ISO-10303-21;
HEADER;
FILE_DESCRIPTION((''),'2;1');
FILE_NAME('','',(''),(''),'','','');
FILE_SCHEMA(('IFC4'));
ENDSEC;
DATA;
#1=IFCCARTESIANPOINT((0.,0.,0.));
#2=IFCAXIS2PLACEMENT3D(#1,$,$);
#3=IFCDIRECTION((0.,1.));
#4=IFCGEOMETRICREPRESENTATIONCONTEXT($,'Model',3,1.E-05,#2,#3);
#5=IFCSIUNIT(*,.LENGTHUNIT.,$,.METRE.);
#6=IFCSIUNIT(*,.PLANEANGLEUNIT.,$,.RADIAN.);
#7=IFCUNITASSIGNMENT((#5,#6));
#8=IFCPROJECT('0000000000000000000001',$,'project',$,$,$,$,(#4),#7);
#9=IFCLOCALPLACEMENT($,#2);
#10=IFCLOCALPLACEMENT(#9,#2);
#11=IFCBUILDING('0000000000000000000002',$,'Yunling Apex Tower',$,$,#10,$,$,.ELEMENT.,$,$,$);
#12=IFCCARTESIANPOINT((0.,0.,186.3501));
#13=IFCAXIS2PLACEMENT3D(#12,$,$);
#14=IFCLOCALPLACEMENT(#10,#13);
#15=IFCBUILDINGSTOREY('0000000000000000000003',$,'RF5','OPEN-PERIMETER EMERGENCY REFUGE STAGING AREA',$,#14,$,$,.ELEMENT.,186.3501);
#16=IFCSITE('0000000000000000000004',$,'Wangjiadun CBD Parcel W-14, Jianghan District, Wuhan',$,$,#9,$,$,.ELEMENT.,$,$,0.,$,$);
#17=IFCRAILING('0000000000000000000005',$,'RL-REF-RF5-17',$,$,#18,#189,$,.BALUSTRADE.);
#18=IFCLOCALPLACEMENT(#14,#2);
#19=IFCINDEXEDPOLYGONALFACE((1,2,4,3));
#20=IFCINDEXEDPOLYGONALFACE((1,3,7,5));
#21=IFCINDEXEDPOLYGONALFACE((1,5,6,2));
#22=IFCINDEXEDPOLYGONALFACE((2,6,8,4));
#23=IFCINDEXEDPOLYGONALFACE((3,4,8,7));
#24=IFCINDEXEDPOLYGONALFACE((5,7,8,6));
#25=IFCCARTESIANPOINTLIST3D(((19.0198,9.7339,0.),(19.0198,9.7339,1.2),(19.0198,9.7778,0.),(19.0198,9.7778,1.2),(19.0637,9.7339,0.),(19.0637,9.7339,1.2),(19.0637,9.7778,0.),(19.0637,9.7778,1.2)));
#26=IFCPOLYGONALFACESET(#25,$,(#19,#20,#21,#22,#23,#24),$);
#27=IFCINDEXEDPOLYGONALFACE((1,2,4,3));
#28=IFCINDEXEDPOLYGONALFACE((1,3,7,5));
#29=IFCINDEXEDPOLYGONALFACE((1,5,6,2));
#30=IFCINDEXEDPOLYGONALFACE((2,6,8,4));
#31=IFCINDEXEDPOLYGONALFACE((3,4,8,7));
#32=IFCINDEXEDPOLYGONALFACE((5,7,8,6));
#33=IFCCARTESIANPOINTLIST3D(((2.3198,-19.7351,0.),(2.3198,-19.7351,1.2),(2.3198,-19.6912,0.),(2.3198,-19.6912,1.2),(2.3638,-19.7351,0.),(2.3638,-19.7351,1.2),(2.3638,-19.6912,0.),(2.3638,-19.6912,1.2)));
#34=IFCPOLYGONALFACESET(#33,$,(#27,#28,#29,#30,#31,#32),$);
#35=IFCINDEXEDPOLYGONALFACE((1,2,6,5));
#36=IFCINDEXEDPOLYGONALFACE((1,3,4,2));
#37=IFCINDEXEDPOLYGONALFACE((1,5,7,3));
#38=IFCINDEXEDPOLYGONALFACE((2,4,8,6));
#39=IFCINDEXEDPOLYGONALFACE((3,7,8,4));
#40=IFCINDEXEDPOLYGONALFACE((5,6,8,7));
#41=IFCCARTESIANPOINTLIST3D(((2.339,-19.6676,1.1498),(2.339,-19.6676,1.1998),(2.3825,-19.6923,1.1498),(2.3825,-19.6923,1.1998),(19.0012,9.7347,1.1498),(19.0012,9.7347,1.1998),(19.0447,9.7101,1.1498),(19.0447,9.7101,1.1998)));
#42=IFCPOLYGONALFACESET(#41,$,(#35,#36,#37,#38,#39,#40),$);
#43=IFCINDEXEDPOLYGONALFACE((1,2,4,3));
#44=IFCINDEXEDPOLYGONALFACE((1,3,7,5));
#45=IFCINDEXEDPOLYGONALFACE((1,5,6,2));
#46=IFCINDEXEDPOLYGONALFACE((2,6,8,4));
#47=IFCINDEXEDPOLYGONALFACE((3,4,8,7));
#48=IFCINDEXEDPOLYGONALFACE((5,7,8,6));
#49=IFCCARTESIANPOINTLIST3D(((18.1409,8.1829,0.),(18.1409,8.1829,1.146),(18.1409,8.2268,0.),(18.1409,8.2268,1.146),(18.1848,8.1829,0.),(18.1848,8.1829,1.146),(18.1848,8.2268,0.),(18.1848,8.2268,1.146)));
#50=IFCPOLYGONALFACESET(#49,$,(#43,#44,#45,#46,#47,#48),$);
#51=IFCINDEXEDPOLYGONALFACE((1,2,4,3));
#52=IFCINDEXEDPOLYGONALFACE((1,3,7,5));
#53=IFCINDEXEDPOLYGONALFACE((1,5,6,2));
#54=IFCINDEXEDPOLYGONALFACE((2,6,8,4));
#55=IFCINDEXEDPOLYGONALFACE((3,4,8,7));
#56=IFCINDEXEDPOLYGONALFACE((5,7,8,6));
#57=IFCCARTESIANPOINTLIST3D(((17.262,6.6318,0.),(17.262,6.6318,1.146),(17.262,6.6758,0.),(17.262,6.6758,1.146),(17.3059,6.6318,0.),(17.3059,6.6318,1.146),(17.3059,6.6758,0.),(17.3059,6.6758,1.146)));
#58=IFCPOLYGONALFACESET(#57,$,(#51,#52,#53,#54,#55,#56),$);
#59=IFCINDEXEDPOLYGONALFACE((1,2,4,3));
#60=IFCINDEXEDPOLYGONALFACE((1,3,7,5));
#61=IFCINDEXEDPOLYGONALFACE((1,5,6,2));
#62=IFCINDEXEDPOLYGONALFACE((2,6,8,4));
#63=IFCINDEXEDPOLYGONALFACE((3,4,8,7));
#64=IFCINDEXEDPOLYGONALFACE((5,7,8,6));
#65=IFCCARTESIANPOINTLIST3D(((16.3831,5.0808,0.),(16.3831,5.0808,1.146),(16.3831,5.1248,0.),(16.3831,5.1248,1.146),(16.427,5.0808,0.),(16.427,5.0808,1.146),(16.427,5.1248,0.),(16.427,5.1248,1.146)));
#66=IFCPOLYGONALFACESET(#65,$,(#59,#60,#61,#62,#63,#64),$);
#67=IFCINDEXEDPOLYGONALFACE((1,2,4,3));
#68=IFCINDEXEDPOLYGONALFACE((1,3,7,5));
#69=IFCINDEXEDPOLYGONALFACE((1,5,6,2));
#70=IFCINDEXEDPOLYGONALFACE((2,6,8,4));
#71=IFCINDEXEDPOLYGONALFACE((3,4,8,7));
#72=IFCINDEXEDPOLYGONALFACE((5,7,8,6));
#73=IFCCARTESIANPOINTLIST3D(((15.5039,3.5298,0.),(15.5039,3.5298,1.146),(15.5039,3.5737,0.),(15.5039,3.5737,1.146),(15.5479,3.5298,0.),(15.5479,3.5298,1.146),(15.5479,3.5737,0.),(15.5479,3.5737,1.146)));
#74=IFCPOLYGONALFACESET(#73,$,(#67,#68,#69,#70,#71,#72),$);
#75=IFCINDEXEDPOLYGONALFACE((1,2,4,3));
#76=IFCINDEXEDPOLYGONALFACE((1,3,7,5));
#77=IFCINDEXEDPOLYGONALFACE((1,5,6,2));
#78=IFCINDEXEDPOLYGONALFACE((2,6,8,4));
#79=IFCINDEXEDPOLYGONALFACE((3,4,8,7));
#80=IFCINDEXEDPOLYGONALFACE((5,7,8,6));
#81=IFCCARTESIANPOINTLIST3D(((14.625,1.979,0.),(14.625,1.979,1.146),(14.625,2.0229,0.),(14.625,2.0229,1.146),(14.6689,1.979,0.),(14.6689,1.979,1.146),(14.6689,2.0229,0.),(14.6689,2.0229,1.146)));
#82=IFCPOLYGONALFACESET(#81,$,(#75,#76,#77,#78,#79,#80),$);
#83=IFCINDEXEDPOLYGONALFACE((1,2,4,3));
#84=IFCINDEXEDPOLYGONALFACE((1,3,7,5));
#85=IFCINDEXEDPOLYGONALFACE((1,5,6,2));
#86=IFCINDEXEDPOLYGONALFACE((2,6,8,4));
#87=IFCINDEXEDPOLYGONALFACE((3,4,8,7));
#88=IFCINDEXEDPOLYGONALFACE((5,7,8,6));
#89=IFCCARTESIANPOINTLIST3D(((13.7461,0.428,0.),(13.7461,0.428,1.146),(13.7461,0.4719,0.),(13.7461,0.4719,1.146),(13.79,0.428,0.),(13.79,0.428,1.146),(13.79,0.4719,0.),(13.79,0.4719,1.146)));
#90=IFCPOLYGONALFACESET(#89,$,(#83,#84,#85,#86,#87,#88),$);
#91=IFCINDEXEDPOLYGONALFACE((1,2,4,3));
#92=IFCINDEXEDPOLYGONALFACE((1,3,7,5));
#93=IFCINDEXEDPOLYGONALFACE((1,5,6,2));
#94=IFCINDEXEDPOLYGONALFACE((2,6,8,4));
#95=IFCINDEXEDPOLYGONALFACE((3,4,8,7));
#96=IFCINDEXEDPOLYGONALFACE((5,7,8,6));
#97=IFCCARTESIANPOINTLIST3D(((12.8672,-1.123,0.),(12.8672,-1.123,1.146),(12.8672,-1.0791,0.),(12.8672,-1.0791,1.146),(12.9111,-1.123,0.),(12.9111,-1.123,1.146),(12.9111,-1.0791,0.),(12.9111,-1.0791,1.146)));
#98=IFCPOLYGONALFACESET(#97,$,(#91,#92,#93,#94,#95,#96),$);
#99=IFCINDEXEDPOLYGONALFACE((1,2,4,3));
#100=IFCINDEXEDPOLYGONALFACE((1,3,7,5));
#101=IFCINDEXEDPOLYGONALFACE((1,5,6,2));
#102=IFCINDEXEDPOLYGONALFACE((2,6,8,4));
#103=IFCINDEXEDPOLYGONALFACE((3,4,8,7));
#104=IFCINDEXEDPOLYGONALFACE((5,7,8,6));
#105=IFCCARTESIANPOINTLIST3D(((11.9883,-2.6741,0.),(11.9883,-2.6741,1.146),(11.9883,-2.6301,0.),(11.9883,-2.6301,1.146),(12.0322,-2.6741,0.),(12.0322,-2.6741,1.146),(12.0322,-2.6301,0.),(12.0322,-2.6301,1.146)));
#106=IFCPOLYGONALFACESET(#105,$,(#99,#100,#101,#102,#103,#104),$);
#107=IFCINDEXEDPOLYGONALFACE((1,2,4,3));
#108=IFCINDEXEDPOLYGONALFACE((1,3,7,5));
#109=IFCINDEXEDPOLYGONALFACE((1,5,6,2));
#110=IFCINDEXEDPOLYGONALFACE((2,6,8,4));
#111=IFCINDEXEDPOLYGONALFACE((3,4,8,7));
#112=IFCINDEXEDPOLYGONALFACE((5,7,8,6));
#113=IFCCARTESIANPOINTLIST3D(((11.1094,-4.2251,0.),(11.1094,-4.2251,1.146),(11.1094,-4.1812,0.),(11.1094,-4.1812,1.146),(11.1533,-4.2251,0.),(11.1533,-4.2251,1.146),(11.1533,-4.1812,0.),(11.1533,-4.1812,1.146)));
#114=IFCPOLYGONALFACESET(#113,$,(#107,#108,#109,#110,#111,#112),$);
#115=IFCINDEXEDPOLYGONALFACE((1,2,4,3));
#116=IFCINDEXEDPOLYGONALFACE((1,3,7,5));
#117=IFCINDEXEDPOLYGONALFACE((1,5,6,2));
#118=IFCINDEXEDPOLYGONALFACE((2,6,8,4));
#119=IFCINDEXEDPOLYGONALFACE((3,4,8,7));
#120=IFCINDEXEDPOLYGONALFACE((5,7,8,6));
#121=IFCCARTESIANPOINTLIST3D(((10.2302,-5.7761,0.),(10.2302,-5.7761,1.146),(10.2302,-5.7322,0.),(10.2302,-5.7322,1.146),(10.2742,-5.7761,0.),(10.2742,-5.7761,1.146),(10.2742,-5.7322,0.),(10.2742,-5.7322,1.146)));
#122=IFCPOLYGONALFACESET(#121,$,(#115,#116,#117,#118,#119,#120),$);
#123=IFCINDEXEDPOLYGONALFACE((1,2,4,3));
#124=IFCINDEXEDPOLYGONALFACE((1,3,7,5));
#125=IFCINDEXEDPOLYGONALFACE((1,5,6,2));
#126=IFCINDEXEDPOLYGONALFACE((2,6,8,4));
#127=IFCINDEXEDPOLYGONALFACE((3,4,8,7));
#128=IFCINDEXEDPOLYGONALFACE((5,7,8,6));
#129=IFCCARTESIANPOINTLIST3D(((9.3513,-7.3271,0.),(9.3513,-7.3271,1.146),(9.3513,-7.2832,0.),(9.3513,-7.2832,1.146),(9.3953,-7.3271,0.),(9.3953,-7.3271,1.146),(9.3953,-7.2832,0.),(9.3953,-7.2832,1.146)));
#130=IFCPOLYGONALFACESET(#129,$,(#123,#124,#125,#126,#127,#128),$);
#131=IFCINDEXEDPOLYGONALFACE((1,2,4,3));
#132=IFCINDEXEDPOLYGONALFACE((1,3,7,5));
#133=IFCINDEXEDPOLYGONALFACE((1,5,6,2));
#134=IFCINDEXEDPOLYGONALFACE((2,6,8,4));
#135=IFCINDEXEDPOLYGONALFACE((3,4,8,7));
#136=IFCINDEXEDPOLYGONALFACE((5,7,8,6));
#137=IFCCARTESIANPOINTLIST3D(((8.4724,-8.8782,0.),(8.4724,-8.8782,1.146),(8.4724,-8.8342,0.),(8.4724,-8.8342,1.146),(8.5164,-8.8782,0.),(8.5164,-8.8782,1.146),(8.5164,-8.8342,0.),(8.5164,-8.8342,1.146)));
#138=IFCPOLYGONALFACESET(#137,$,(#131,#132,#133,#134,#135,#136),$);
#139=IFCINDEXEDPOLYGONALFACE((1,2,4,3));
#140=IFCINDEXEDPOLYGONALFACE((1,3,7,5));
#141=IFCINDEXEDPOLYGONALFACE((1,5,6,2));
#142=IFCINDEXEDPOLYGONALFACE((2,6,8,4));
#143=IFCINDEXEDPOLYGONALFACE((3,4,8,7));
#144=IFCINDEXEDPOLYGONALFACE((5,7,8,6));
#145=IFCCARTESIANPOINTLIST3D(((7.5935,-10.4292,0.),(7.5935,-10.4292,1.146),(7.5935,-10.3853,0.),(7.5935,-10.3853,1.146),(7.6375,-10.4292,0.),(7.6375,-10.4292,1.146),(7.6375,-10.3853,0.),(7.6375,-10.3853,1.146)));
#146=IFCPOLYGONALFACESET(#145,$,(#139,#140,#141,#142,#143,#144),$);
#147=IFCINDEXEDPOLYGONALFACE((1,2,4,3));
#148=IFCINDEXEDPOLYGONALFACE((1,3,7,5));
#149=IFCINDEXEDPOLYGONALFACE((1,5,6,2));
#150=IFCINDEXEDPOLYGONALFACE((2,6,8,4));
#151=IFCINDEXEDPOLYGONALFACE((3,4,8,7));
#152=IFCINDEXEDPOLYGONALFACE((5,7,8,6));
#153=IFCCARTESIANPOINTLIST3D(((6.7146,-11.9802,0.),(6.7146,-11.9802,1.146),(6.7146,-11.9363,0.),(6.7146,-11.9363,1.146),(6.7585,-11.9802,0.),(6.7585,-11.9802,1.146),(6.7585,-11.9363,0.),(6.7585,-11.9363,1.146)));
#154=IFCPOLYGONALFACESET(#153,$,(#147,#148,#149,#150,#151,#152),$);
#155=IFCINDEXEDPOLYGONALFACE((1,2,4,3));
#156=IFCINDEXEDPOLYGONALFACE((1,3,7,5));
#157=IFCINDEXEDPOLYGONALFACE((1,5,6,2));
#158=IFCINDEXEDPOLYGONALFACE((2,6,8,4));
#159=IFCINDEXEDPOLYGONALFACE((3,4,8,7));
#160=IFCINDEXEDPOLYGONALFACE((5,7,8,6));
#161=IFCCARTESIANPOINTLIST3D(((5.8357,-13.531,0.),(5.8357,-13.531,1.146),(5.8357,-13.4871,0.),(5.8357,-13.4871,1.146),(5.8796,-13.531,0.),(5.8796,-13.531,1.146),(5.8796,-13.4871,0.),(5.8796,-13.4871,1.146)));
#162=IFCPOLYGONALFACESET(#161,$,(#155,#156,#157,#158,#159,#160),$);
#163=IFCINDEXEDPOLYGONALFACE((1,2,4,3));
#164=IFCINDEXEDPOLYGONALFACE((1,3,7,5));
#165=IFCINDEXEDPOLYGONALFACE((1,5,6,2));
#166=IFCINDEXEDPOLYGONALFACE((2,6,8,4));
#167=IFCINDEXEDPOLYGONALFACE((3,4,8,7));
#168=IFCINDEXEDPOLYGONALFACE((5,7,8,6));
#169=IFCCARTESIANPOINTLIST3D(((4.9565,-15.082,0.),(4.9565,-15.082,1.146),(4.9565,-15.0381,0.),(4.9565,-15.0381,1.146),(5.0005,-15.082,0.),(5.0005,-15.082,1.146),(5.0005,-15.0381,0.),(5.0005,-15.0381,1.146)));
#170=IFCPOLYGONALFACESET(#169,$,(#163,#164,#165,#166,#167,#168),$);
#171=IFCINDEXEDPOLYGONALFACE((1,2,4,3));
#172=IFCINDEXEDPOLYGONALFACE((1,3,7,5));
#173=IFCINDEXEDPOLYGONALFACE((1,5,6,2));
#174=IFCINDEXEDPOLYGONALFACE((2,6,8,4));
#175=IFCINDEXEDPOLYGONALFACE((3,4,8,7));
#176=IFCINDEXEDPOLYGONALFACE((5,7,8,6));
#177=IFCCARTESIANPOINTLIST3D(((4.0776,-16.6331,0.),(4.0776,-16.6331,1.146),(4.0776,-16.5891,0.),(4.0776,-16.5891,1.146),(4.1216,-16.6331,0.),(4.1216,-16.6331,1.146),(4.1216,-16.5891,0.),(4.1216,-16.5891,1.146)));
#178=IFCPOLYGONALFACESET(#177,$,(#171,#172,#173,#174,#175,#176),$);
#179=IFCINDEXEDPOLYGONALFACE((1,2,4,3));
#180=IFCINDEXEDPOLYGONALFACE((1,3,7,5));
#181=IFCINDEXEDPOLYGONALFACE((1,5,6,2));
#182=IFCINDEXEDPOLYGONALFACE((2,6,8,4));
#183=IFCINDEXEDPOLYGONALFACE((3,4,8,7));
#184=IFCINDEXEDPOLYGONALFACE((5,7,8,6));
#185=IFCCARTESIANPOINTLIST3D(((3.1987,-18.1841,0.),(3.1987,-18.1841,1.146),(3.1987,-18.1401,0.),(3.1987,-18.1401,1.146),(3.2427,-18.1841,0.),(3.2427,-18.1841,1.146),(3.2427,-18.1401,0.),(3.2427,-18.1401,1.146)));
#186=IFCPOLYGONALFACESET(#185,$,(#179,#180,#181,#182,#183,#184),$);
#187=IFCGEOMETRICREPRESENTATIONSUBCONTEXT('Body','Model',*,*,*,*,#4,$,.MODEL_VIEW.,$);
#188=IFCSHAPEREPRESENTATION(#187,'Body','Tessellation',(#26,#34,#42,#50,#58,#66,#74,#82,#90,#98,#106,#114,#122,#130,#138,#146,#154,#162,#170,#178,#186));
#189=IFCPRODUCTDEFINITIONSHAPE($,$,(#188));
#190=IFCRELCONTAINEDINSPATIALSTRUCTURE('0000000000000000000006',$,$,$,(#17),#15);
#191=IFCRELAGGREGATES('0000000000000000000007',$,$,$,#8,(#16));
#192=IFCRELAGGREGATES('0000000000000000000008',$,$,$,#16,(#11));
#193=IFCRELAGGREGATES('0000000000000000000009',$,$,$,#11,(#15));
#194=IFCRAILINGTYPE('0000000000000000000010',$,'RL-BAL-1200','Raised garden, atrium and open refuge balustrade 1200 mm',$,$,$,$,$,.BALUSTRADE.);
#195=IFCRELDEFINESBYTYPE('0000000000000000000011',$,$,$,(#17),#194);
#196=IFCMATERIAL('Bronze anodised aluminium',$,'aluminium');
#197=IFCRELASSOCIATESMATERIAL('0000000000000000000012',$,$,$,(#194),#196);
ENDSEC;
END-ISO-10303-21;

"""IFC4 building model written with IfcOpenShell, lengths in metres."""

from ifc_helpers import new_model, si_unit, direction, frame, origin, origin_2d, place, context, subcontext, project, spatial, rectangle, extrude, material, type_object, element, save


model = new_model("IFC4")

# Units and contexts
model_context = context("Model", 3, precision=1e-05, world=origin(), true_north=direction((0.0, 1.0)))
body_context = subcontext(model_context, "Body", "Model", "MODEL_VIEW")
ifc_project = project(units=[si_unit("LENGTHUNIT", "METRE"), si_unit("PLANEANGLEUNIT", "RADIAN")], contexts=[model_context])

# Site, building, storey
site_placement = place(None, origin())
site = spatial("IfcSite", under=ifc_project, at=site_placement, Name="Wangjiadun CBD Parcel W-14, Jianghan District, Wuhan", CompositionType="ELEMENT", RefElevation=0.0)
building_placement = place(site_placement, origin())
building = spatial("IfcBuilding", under=site, at=building_placement, Name="Yunling Apex Tower", CompositionType="ELEMENT")
storey_placement = place(building_placement, frame((0.0, 0.0, 186.3501)))
storey = spatial("IfcBuildingStorey", under=building, at=storey_placement, Name="RF5", Description="OPEN-PERIMETER EMERGENCY REFUGE STAGING AREA", CompositionType="ELEMENT", Elevation=186.3501)

# Railing
ifc_material_1 = material(Name="Bronze anodised aluminium", Category="aluminium")
railing_type = type_object("IfcRailingType", Name="RL-BAL-1200", Description="Raised garden, atrium and open refuge balustrade 1200 mm", PredefinedType="BALUSTRADE", material=ifc_material_1)
railing_1_placement = place(storey_placement, frame((19.0417, 9.7559, 0.0)))
element("IfcRailing", 1, at=railing_1_placement, inside=storey, type_object=railing_type, Name="RL-REF-RF5-17", PredefinedType="BALUSTRADE", context=body_context, shape_type="SweptSolid", body=[
    extrude(rectangle(XDim=0.0439, YDim=0.0439, at=origin_2d()), origin(), (0.0, 0.0, 1.0), 1.2),
    extrude(rectangle(XDim=0.0439, YDim=0.0439, at=origin_2d()), frame((-16.7, -29.469, 0.0)), (0.0, 0.0, 1.0), 1.2),
    extrude(rectangle(XDim=0.05, YDim=0.05, at=origin_2d()), frame((-0.0188, -0.0334, 1.1748), z_axis=(-0.493032, -0.870011, 0.0), x_axis=(0.870011, -0.493032, 0.0)), (0.0, 0.0, 1.0), 33.7954),
    extrude(rectangle(XDim=0.0439, YDim=0.0439, at=origin_2d()), frame((-0.8789, -1.551, 0.0)), (0.0, 0.0, 1.0), 1.146),
    extrude(rectangle(XDim=0.0439, YDim=0.0439, at=origin_2d()), frame((-1.7578, -3.1021, 0.0)), (0.0, 0.0, 1.0), 1.146),
    extrude(rectangle(XDim=0.0439, YDim=0.0439, at=origin_2d()), frame((-2.6367, -4.6531, 0.0)), (0.0, 0.0, 1.0), 1.146),
    extrude(rectangle(XDim=0.0439, YDim=0.0439, at=origin_2d()), frame((-3.5159, -6.2041, 0.0)), (0.0, 0.0, 1.0), 1.146),
    extrude(rectangle(XDim=0.0439, YDim=0.0439, at=origin_2d()), frame((-4.3948, -7.7549, 0.0)), (0.0, 0.0, 1.0), 1.146),
    extrude(rectangle(XDim=0.0439, YDim=0.0439, at=origin_2d()), frame((-5.2737, -9.3059, 0.0)), (0.0, 0.0, 1.0), 1.146),
    extrude(rectangle(XDim=0.0439, YDim=0.0439, at=origin_2d()), frame((-6.1526, -10.8569, 0.0)), (0.0, 0.0, 1.0), 1.146),
    extrude(rectangle(XDim=0.0439, YDim=0.0439, at=origin_2d()), frame((-7.0315, -12.408, 0.0)), (0.0, 0.0, 1.0), 1.146),
    extrude(rectangle(XDim=0.0439, YDim=0.0439, at=origin_2d()), frame((-7.9104, -13.959, 0.0)), (0.0, 0.0, 1.0), 1.146),
    extrude(rectangle(XDim=0.0439, YDim=0.0439, at=origin_2d()), frame((-8.7896, -15.51, 0.0)), (0.0, 0.0, 1.0), 1.146),
    extrude(rectangle(XDim=0.0439, YDim=0.0439, at=origin_2d()), frame((-9.6685, -17.061, 0.0)), (0.0, 0.0, 1.0), 1.146),
    extrude(rectangle(XDim=0.0439, YDim=0.0439, at=origin_2d()), frame((-10.5474, -18.6121, 0.0)), (0.0, 0.0, 1.0), 1.146),
    extrude(rectangle(XDim=0.0439, YDim=0.0439, at=origin_2d()), frame((-11.4263, -20.1631, 0.0)), (0.0, 0.0, 1.0), 1.146),
    extrude(rectangle(XDim=0.0439, YDim=0.0439, at=origin_2d()), frame((-12.3052, -21.7141, 0.0)), (0.0, 0.0, 1.0), 1.146),
    extrude(rectangle(XDim=0.0439, YDim=0.0439, at=origin_2d()), frame((-13.1841, -23.2649, 0.0)), (0.0, 0.0, 1.0), 1.146),
    extrude(rectangle(XDim=0.0439, YDim=0.0439, at=origin_2d()), frame((-14.0632, -24.8159, 0.0)), (0.0, 0.0, 1.0), 1.146),
    extrude(rectangle(XDim=0.0439, YDim=0.0439, at=origin_2d()), frame((-14.9421, -26.3669, 0.0)), (0.0, 0.0, 1.0), 1.146),
    extrude(rectangle(XDim=0.0439, YDim=0.0439, at=origin_2d()), frame((-15.821, -27.918, 0.0)), (0.0, 0.0, 1.0), 1.146),
])

save(model, "model.ifc")
